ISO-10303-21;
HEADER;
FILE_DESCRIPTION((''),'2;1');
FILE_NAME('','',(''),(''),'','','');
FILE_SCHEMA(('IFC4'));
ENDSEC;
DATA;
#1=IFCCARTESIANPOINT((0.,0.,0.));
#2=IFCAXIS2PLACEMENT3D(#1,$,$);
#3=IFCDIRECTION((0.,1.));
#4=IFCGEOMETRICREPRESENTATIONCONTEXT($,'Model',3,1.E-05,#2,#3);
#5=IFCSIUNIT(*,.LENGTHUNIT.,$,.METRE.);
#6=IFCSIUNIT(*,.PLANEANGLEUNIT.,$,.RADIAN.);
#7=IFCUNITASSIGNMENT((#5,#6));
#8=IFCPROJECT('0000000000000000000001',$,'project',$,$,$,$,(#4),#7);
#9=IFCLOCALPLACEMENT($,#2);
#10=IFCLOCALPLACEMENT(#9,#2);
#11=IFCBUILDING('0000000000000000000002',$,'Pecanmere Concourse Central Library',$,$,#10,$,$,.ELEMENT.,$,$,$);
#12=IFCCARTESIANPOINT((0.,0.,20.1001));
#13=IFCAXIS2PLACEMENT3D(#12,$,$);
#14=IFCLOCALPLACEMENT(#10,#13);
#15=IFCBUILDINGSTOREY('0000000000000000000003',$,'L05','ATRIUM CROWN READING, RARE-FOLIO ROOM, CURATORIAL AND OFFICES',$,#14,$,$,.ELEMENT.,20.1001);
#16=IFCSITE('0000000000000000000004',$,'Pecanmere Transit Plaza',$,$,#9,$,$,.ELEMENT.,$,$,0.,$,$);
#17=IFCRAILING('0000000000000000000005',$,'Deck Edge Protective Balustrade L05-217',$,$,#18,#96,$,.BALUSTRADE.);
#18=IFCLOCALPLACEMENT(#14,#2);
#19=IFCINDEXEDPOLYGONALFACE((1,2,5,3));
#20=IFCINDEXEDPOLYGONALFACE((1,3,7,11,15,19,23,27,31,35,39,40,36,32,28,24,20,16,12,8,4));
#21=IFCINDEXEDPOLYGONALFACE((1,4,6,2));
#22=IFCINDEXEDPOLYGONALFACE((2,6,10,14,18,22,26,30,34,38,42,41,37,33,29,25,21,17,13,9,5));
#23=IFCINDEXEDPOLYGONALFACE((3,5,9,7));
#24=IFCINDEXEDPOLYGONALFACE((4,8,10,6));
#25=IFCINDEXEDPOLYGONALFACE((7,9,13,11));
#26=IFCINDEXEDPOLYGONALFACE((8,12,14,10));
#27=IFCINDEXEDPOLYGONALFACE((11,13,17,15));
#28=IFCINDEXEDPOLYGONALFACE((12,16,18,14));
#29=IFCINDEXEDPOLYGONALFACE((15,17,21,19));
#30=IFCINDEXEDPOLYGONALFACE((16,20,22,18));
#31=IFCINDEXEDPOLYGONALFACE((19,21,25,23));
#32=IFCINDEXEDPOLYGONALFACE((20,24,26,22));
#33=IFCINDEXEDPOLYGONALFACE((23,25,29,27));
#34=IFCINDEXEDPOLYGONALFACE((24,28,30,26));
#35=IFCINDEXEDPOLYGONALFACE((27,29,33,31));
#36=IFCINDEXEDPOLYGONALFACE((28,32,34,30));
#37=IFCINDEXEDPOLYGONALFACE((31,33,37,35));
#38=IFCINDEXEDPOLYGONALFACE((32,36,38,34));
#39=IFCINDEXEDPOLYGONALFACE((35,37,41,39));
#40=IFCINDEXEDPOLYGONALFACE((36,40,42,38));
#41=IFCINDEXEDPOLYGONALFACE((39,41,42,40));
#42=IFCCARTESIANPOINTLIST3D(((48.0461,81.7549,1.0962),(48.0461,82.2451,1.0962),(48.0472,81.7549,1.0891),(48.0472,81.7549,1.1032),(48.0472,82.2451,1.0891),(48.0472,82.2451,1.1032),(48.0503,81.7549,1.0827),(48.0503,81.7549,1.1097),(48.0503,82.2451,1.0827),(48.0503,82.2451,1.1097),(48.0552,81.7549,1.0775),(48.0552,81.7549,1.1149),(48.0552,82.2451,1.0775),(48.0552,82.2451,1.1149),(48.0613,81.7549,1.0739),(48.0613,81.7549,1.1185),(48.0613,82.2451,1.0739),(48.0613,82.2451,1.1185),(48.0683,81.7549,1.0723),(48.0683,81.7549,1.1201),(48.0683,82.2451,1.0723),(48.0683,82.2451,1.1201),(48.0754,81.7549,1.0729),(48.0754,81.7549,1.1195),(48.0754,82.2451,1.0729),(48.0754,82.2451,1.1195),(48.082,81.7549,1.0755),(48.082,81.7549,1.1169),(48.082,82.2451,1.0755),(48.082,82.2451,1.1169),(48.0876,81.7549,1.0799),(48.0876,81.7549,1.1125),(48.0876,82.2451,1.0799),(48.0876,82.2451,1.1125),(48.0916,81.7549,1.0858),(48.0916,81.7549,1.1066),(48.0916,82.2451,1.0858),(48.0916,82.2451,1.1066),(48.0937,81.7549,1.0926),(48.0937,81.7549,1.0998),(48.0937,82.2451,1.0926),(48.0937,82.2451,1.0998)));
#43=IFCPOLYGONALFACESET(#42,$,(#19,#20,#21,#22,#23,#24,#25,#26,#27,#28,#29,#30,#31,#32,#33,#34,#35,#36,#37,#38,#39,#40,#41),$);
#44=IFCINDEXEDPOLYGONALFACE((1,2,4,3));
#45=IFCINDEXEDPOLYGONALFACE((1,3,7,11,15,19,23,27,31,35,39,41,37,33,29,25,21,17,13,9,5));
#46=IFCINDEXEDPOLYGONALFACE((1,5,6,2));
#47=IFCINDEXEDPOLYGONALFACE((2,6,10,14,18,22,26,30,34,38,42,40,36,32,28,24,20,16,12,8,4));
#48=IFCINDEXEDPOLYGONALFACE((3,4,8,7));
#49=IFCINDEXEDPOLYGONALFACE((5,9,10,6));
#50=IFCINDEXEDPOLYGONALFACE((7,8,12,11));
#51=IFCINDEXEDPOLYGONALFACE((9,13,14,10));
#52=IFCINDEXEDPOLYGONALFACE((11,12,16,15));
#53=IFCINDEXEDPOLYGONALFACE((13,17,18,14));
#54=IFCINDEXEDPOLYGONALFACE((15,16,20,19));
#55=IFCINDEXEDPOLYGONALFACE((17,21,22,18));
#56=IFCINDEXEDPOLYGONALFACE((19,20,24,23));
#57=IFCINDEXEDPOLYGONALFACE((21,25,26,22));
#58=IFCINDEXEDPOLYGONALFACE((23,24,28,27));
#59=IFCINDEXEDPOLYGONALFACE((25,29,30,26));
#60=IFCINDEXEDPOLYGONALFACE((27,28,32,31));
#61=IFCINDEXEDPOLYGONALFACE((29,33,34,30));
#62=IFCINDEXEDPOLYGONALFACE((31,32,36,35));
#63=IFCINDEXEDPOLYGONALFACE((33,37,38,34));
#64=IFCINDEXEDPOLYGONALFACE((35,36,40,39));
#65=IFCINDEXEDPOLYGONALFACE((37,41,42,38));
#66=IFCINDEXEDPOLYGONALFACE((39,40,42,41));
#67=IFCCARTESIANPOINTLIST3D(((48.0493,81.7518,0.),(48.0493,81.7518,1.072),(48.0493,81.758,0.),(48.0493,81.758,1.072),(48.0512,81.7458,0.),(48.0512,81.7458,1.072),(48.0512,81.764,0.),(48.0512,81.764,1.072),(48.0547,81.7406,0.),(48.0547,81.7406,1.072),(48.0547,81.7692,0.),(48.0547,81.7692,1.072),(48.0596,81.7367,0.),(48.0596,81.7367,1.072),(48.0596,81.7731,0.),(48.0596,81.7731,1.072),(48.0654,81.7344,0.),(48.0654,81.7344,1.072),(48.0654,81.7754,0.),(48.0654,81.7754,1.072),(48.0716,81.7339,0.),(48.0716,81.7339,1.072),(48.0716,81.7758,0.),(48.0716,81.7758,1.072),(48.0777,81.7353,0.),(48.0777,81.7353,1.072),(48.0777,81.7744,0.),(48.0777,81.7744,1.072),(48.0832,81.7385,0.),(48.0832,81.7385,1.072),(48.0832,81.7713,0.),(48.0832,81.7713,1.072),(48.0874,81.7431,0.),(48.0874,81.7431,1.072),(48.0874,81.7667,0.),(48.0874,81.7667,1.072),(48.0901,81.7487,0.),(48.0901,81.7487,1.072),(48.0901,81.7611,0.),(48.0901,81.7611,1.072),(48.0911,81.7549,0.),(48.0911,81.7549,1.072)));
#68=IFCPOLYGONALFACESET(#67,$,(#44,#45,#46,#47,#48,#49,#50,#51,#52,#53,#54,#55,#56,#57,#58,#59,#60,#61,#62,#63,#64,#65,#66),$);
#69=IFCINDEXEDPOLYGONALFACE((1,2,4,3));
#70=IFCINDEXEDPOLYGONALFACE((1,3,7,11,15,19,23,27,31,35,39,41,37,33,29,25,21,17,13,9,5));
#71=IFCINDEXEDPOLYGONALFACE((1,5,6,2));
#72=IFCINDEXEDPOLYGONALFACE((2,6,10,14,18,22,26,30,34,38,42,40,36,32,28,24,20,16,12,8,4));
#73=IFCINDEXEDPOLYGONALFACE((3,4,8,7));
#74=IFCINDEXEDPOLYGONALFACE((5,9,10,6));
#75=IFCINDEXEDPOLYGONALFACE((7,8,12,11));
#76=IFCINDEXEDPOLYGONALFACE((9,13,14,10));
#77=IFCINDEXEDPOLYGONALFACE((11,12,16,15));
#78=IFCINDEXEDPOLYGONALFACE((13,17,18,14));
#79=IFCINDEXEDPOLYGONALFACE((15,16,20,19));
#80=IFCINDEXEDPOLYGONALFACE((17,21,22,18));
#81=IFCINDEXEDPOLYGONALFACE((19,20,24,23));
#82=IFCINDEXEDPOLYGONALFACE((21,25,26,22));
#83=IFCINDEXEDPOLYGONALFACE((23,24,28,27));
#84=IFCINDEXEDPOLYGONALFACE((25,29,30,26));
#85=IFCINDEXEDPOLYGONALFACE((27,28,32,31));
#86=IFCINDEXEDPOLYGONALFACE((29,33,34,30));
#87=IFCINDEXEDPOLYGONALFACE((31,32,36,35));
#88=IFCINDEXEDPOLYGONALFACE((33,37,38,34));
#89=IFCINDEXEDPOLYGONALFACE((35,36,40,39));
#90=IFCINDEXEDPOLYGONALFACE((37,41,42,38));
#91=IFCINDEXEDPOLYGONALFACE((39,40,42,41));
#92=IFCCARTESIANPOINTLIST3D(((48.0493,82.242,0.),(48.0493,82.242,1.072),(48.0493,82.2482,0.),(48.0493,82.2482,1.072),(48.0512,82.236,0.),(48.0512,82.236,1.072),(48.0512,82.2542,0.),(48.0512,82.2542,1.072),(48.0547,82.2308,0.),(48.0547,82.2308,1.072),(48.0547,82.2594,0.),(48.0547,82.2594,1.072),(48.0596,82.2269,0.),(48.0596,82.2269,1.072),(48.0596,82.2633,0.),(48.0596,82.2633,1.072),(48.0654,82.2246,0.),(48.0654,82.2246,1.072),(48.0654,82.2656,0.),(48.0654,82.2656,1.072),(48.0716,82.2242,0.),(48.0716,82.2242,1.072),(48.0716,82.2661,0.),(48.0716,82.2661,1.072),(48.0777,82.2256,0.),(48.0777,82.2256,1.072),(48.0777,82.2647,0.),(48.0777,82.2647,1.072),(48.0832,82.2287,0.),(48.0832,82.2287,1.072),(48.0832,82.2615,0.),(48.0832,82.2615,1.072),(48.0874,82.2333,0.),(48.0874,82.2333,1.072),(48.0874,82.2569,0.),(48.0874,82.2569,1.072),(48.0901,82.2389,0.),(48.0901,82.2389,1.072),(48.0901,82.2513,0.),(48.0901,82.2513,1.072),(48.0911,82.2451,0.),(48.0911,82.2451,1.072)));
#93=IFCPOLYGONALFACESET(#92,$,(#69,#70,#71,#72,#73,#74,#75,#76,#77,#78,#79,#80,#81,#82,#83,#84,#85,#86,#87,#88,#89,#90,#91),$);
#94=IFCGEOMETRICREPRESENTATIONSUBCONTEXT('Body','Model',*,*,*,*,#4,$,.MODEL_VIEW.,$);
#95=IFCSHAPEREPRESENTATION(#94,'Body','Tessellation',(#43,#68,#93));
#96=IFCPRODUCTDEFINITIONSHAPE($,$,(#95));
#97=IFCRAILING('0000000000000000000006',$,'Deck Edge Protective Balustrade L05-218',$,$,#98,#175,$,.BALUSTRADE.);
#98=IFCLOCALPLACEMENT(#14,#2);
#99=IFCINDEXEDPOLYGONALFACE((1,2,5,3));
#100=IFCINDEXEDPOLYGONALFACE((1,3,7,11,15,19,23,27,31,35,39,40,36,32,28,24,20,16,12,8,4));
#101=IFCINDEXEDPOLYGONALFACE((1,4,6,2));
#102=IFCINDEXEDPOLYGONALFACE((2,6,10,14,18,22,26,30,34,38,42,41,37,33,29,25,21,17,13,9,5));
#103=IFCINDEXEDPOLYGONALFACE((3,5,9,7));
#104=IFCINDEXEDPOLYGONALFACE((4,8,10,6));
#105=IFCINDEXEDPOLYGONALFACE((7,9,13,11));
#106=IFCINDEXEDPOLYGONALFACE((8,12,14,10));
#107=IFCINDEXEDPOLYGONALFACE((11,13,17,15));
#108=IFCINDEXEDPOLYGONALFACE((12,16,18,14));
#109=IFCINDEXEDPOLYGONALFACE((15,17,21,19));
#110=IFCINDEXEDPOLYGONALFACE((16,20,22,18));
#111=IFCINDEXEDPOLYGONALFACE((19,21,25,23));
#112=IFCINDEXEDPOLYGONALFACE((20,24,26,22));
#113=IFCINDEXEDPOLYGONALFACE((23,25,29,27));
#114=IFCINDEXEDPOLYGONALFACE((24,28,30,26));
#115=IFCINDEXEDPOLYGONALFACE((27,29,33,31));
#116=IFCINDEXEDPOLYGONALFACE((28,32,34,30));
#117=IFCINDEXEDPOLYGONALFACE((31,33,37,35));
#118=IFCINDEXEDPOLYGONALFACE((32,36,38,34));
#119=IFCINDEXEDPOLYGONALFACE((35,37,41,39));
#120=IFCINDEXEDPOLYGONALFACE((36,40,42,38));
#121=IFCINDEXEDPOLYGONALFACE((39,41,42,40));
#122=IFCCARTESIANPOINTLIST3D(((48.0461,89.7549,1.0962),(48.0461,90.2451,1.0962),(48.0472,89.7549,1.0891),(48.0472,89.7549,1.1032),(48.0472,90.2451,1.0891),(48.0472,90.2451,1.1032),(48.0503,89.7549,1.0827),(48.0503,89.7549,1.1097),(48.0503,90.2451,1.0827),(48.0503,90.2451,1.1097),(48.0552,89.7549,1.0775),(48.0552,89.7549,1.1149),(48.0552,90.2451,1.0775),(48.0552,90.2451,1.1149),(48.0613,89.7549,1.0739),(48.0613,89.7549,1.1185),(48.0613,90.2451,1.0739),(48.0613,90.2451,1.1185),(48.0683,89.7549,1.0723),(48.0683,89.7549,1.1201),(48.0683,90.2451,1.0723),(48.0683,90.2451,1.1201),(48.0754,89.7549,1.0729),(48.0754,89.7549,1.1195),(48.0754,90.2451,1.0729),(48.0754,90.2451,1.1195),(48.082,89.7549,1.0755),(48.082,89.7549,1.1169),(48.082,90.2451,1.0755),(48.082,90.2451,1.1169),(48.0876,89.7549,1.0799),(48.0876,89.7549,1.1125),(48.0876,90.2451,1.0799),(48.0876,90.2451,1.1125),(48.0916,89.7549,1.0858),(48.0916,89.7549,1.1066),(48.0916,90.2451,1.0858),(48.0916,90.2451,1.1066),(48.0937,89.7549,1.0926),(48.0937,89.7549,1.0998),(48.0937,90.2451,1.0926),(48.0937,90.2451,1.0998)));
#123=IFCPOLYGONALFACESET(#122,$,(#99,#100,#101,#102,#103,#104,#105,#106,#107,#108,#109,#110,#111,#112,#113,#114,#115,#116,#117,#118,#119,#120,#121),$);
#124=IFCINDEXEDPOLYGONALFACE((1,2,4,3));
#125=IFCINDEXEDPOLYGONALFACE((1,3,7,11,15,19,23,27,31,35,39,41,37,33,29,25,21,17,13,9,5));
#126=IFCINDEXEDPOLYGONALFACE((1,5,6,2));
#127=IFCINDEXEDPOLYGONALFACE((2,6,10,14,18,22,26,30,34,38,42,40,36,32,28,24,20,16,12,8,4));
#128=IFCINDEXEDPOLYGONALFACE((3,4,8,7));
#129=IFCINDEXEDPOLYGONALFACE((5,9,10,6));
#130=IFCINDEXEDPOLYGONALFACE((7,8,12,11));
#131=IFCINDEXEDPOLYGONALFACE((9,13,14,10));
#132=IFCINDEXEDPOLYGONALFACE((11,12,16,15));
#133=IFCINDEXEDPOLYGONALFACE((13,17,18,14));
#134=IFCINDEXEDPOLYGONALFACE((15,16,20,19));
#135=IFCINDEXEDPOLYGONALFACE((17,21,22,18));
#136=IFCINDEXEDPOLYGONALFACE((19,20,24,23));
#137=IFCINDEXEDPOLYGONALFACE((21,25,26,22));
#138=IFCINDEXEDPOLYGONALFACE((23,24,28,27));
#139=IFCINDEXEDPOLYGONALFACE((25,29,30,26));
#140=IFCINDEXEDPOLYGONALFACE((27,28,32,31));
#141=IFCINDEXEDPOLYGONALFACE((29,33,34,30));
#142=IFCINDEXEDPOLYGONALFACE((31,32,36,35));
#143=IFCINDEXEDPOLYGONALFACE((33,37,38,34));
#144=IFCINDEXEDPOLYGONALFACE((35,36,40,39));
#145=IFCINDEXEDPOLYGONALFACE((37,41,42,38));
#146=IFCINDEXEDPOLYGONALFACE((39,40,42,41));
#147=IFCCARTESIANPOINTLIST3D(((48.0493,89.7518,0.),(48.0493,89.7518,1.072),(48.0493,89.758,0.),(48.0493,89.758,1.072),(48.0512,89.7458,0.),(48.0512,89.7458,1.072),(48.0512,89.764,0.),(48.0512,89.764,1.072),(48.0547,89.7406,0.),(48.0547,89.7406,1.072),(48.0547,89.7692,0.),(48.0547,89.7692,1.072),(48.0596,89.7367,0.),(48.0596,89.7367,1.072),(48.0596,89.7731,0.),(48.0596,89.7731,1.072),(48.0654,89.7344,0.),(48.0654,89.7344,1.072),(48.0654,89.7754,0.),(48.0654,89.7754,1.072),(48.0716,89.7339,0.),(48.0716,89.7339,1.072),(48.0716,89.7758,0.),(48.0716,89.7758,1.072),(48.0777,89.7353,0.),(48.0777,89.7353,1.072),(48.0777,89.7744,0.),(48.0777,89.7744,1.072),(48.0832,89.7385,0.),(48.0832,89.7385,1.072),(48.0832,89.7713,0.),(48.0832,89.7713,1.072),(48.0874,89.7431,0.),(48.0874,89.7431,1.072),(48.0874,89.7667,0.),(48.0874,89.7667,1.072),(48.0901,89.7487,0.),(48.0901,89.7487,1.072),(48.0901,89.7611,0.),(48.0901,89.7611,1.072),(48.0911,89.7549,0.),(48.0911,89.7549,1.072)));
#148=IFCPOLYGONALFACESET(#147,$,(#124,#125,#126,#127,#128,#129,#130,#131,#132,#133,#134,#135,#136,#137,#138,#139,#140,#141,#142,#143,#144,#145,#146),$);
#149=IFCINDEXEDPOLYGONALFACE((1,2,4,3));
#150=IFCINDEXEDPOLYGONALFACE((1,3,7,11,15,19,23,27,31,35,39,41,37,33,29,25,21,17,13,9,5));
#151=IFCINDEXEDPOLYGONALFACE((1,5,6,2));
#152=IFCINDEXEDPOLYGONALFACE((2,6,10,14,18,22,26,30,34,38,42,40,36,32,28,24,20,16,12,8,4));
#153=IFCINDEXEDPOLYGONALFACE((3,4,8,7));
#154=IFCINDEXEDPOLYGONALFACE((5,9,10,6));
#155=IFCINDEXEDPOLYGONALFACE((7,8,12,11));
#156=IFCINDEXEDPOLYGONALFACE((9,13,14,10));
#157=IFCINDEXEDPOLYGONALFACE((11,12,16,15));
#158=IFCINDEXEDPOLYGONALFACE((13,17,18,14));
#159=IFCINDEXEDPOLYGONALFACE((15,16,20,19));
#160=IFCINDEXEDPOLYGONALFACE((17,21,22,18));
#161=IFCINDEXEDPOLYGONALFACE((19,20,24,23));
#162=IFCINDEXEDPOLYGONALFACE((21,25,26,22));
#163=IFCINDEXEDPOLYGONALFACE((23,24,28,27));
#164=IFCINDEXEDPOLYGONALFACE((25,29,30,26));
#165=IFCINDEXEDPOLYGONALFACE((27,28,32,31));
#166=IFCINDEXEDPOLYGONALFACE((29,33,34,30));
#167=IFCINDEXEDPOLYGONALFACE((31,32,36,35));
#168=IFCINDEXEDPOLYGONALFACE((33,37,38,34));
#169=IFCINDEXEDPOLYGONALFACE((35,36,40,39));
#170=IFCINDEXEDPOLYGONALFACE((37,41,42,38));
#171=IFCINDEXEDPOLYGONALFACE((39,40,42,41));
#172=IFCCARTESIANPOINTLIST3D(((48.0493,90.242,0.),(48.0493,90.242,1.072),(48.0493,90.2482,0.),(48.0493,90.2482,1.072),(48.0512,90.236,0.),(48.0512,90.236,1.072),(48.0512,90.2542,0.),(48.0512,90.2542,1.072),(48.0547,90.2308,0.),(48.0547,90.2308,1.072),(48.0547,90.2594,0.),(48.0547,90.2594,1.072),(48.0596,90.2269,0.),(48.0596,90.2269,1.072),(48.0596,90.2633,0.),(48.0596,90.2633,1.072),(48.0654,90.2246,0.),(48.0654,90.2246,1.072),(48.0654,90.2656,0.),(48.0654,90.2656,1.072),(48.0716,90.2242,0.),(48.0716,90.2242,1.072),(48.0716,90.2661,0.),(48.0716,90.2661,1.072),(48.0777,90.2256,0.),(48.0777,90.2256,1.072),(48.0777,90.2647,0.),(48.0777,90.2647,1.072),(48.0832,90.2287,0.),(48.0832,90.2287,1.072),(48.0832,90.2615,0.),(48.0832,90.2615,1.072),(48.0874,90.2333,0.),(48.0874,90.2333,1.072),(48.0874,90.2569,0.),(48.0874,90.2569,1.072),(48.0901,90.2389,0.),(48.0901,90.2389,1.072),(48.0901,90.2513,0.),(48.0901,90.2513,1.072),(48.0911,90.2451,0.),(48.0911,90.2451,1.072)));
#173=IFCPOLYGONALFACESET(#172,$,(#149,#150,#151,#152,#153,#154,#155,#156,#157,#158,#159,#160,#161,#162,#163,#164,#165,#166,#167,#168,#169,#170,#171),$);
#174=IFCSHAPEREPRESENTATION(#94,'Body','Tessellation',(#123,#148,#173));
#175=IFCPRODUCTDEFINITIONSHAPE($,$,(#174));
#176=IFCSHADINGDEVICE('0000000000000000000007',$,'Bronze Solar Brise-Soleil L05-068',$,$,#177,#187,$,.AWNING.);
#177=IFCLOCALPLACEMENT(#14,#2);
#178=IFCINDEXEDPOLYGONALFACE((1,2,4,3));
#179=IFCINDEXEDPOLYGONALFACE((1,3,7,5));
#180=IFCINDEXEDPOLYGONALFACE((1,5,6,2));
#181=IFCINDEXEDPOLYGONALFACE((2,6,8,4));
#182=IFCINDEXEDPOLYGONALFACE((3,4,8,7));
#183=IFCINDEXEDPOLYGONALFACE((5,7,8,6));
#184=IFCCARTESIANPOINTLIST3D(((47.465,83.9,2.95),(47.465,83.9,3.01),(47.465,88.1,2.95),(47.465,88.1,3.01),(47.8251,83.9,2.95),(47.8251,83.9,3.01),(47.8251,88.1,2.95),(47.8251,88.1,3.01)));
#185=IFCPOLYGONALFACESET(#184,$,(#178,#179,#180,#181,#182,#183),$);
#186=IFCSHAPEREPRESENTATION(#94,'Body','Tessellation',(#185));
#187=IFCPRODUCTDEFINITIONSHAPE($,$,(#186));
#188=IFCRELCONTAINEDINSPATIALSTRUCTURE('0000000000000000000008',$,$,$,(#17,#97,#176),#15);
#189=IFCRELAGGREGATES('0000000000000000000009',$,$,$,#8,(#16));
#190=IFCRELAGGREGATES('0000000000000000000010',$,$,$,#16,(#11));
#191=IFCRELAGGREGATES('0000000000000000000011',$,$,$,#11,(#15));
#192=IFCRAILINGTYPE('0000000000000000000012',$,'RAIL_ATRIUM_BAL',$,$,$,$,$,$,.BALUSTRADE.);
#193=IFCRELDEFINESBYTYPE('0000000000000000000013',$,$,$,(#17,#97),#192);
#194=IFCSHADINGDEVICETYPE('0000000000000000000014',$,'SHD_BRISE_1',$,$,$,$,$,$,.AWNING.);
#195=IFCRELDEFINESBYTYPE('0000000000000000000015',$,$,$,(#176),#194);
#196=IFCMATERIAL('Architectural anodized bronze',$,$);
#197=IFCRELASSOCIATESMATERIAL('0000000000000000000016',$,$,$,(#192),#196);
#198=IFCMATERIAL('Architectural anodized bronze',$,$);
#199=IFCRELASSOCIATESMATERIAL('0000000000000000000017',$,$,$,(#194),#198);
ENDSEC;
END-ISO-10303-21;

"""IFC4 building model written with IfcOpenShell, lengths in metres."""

from ifc_helpers import new_model, si_unit, direction, frame, origin, origin_2d, place, context, subcontext, project, spatial, rectangle, circle, extrude, material, type_object, element, save


model = new_model("IFC4")

# Units and contexts
model_context = context("Model", 3, precision=1e-05, world=origin(), true_north=direction((0.0, 1.0)))
body_context = subcontext(model_context, "Body", "Model", "MODEL_VIEW")
ifc_project = project(units=[si_unit("LENGTHUNIT", "METRE"), si_unit("PLANEANGLEUNIT", "RADIAN")], contexts=[model_context])

# Site, building, storey
site_placement = place(None, origin())
site = spatial("IfcSite", under=ifc_project, at=site_placement, Name="Pecanmere Transit Plaza", CompositionType="ELEMENT", RefElevation=0.0)
building_placement = place(site_placement, origin())
building = spatial("IfcBuilding", under=site, at=building_placement, Name="Pecanmere Concourse Central Library", CompositionType="ELEMENT")
storey_placement = place(building_placement, frame((0.0, 0.0, 20.1001)))
storey = spatial("IfcBuildingStorey", under=building, at=storey_placement, Name="L05", Description="ATRIUM CROWN READING, RARE-FOLIO ROOM, CURATORIAL AND OFFICES", CompositionType="ELEMENT", Elevation=20.1001)

# Railings
ifc_material_1 = material(Name="Architectural anodized bronze")
railing_type = type_object("IfcRailingType", Name="RAIL_ATRIUM_BAL", PredefinedType="BALUSTRADE", material=ifc_material_1)
for number, where, name in (
    (1, (48.0701, 81.7549, 0.0), "Deck Edge Protective Balustrade L05-217"),
    (2, (48.0701, 89.7549, 0.0), "Deck Edge Protective Balustrade L05-218"),
):
    element("IfcRailing", number, at=place(storey_placement, frame(where)), inside=storey, type_object=railing_type, Name=name, PredefinedType="BALUSTRADE", context=body_context, shape_type="SweptSolid", body=[
        extrude(circle(Radius=0.0239, at=origin_2d()), frame((0.0, 0.0, 1.0962), z_axis=(0.0, 1.0, 0.0), x_axis=(-1.0, 0.0, 0.0)), (0.0, 0.0, 1.0), 0.4902),
        extrude(circle(Radius=0.021, at=origin_2d()), origin(), (0.0, 0.0, 1.0), 1.072),
        extrude(circle(Radius=0.021, at=origin_2d()), frame((0.0, 0.4902, 0.0)), (0.0, 0.0, 1.0), 1.072),
    ])

# Shading device
ifc_material_2 = material(Name="Architectural anodized bronze")
shading_device_type = type_object("IfcShadingDeviceType", Name="SHD_BRISE_1", PredefinedType="AWNING", material=ifc_material_2)
shading_device_placement = place(storey_placement, frame((47.645, 86.0, 2.95), z_axis=(0.0, 0.0, 1.0), x_axis=(0.0, -1.0, 0.0)))
element("IfcShadingDevice", 3, at=shading_device_placement, inside=storey, type_object=shading_device_type, Name="Bronze Solar Brise-Soleil L05-068", PredefinedType="AWNING", context=body_context, shape_type="SweptSolid", body=[
    extrude(rectangle(XDim=4.2, YDim=0.3601, at=origin_2d()), origin(), (0.0, 0.0, 1.0), 0.0601),
])

save(model, "model.ifc")
